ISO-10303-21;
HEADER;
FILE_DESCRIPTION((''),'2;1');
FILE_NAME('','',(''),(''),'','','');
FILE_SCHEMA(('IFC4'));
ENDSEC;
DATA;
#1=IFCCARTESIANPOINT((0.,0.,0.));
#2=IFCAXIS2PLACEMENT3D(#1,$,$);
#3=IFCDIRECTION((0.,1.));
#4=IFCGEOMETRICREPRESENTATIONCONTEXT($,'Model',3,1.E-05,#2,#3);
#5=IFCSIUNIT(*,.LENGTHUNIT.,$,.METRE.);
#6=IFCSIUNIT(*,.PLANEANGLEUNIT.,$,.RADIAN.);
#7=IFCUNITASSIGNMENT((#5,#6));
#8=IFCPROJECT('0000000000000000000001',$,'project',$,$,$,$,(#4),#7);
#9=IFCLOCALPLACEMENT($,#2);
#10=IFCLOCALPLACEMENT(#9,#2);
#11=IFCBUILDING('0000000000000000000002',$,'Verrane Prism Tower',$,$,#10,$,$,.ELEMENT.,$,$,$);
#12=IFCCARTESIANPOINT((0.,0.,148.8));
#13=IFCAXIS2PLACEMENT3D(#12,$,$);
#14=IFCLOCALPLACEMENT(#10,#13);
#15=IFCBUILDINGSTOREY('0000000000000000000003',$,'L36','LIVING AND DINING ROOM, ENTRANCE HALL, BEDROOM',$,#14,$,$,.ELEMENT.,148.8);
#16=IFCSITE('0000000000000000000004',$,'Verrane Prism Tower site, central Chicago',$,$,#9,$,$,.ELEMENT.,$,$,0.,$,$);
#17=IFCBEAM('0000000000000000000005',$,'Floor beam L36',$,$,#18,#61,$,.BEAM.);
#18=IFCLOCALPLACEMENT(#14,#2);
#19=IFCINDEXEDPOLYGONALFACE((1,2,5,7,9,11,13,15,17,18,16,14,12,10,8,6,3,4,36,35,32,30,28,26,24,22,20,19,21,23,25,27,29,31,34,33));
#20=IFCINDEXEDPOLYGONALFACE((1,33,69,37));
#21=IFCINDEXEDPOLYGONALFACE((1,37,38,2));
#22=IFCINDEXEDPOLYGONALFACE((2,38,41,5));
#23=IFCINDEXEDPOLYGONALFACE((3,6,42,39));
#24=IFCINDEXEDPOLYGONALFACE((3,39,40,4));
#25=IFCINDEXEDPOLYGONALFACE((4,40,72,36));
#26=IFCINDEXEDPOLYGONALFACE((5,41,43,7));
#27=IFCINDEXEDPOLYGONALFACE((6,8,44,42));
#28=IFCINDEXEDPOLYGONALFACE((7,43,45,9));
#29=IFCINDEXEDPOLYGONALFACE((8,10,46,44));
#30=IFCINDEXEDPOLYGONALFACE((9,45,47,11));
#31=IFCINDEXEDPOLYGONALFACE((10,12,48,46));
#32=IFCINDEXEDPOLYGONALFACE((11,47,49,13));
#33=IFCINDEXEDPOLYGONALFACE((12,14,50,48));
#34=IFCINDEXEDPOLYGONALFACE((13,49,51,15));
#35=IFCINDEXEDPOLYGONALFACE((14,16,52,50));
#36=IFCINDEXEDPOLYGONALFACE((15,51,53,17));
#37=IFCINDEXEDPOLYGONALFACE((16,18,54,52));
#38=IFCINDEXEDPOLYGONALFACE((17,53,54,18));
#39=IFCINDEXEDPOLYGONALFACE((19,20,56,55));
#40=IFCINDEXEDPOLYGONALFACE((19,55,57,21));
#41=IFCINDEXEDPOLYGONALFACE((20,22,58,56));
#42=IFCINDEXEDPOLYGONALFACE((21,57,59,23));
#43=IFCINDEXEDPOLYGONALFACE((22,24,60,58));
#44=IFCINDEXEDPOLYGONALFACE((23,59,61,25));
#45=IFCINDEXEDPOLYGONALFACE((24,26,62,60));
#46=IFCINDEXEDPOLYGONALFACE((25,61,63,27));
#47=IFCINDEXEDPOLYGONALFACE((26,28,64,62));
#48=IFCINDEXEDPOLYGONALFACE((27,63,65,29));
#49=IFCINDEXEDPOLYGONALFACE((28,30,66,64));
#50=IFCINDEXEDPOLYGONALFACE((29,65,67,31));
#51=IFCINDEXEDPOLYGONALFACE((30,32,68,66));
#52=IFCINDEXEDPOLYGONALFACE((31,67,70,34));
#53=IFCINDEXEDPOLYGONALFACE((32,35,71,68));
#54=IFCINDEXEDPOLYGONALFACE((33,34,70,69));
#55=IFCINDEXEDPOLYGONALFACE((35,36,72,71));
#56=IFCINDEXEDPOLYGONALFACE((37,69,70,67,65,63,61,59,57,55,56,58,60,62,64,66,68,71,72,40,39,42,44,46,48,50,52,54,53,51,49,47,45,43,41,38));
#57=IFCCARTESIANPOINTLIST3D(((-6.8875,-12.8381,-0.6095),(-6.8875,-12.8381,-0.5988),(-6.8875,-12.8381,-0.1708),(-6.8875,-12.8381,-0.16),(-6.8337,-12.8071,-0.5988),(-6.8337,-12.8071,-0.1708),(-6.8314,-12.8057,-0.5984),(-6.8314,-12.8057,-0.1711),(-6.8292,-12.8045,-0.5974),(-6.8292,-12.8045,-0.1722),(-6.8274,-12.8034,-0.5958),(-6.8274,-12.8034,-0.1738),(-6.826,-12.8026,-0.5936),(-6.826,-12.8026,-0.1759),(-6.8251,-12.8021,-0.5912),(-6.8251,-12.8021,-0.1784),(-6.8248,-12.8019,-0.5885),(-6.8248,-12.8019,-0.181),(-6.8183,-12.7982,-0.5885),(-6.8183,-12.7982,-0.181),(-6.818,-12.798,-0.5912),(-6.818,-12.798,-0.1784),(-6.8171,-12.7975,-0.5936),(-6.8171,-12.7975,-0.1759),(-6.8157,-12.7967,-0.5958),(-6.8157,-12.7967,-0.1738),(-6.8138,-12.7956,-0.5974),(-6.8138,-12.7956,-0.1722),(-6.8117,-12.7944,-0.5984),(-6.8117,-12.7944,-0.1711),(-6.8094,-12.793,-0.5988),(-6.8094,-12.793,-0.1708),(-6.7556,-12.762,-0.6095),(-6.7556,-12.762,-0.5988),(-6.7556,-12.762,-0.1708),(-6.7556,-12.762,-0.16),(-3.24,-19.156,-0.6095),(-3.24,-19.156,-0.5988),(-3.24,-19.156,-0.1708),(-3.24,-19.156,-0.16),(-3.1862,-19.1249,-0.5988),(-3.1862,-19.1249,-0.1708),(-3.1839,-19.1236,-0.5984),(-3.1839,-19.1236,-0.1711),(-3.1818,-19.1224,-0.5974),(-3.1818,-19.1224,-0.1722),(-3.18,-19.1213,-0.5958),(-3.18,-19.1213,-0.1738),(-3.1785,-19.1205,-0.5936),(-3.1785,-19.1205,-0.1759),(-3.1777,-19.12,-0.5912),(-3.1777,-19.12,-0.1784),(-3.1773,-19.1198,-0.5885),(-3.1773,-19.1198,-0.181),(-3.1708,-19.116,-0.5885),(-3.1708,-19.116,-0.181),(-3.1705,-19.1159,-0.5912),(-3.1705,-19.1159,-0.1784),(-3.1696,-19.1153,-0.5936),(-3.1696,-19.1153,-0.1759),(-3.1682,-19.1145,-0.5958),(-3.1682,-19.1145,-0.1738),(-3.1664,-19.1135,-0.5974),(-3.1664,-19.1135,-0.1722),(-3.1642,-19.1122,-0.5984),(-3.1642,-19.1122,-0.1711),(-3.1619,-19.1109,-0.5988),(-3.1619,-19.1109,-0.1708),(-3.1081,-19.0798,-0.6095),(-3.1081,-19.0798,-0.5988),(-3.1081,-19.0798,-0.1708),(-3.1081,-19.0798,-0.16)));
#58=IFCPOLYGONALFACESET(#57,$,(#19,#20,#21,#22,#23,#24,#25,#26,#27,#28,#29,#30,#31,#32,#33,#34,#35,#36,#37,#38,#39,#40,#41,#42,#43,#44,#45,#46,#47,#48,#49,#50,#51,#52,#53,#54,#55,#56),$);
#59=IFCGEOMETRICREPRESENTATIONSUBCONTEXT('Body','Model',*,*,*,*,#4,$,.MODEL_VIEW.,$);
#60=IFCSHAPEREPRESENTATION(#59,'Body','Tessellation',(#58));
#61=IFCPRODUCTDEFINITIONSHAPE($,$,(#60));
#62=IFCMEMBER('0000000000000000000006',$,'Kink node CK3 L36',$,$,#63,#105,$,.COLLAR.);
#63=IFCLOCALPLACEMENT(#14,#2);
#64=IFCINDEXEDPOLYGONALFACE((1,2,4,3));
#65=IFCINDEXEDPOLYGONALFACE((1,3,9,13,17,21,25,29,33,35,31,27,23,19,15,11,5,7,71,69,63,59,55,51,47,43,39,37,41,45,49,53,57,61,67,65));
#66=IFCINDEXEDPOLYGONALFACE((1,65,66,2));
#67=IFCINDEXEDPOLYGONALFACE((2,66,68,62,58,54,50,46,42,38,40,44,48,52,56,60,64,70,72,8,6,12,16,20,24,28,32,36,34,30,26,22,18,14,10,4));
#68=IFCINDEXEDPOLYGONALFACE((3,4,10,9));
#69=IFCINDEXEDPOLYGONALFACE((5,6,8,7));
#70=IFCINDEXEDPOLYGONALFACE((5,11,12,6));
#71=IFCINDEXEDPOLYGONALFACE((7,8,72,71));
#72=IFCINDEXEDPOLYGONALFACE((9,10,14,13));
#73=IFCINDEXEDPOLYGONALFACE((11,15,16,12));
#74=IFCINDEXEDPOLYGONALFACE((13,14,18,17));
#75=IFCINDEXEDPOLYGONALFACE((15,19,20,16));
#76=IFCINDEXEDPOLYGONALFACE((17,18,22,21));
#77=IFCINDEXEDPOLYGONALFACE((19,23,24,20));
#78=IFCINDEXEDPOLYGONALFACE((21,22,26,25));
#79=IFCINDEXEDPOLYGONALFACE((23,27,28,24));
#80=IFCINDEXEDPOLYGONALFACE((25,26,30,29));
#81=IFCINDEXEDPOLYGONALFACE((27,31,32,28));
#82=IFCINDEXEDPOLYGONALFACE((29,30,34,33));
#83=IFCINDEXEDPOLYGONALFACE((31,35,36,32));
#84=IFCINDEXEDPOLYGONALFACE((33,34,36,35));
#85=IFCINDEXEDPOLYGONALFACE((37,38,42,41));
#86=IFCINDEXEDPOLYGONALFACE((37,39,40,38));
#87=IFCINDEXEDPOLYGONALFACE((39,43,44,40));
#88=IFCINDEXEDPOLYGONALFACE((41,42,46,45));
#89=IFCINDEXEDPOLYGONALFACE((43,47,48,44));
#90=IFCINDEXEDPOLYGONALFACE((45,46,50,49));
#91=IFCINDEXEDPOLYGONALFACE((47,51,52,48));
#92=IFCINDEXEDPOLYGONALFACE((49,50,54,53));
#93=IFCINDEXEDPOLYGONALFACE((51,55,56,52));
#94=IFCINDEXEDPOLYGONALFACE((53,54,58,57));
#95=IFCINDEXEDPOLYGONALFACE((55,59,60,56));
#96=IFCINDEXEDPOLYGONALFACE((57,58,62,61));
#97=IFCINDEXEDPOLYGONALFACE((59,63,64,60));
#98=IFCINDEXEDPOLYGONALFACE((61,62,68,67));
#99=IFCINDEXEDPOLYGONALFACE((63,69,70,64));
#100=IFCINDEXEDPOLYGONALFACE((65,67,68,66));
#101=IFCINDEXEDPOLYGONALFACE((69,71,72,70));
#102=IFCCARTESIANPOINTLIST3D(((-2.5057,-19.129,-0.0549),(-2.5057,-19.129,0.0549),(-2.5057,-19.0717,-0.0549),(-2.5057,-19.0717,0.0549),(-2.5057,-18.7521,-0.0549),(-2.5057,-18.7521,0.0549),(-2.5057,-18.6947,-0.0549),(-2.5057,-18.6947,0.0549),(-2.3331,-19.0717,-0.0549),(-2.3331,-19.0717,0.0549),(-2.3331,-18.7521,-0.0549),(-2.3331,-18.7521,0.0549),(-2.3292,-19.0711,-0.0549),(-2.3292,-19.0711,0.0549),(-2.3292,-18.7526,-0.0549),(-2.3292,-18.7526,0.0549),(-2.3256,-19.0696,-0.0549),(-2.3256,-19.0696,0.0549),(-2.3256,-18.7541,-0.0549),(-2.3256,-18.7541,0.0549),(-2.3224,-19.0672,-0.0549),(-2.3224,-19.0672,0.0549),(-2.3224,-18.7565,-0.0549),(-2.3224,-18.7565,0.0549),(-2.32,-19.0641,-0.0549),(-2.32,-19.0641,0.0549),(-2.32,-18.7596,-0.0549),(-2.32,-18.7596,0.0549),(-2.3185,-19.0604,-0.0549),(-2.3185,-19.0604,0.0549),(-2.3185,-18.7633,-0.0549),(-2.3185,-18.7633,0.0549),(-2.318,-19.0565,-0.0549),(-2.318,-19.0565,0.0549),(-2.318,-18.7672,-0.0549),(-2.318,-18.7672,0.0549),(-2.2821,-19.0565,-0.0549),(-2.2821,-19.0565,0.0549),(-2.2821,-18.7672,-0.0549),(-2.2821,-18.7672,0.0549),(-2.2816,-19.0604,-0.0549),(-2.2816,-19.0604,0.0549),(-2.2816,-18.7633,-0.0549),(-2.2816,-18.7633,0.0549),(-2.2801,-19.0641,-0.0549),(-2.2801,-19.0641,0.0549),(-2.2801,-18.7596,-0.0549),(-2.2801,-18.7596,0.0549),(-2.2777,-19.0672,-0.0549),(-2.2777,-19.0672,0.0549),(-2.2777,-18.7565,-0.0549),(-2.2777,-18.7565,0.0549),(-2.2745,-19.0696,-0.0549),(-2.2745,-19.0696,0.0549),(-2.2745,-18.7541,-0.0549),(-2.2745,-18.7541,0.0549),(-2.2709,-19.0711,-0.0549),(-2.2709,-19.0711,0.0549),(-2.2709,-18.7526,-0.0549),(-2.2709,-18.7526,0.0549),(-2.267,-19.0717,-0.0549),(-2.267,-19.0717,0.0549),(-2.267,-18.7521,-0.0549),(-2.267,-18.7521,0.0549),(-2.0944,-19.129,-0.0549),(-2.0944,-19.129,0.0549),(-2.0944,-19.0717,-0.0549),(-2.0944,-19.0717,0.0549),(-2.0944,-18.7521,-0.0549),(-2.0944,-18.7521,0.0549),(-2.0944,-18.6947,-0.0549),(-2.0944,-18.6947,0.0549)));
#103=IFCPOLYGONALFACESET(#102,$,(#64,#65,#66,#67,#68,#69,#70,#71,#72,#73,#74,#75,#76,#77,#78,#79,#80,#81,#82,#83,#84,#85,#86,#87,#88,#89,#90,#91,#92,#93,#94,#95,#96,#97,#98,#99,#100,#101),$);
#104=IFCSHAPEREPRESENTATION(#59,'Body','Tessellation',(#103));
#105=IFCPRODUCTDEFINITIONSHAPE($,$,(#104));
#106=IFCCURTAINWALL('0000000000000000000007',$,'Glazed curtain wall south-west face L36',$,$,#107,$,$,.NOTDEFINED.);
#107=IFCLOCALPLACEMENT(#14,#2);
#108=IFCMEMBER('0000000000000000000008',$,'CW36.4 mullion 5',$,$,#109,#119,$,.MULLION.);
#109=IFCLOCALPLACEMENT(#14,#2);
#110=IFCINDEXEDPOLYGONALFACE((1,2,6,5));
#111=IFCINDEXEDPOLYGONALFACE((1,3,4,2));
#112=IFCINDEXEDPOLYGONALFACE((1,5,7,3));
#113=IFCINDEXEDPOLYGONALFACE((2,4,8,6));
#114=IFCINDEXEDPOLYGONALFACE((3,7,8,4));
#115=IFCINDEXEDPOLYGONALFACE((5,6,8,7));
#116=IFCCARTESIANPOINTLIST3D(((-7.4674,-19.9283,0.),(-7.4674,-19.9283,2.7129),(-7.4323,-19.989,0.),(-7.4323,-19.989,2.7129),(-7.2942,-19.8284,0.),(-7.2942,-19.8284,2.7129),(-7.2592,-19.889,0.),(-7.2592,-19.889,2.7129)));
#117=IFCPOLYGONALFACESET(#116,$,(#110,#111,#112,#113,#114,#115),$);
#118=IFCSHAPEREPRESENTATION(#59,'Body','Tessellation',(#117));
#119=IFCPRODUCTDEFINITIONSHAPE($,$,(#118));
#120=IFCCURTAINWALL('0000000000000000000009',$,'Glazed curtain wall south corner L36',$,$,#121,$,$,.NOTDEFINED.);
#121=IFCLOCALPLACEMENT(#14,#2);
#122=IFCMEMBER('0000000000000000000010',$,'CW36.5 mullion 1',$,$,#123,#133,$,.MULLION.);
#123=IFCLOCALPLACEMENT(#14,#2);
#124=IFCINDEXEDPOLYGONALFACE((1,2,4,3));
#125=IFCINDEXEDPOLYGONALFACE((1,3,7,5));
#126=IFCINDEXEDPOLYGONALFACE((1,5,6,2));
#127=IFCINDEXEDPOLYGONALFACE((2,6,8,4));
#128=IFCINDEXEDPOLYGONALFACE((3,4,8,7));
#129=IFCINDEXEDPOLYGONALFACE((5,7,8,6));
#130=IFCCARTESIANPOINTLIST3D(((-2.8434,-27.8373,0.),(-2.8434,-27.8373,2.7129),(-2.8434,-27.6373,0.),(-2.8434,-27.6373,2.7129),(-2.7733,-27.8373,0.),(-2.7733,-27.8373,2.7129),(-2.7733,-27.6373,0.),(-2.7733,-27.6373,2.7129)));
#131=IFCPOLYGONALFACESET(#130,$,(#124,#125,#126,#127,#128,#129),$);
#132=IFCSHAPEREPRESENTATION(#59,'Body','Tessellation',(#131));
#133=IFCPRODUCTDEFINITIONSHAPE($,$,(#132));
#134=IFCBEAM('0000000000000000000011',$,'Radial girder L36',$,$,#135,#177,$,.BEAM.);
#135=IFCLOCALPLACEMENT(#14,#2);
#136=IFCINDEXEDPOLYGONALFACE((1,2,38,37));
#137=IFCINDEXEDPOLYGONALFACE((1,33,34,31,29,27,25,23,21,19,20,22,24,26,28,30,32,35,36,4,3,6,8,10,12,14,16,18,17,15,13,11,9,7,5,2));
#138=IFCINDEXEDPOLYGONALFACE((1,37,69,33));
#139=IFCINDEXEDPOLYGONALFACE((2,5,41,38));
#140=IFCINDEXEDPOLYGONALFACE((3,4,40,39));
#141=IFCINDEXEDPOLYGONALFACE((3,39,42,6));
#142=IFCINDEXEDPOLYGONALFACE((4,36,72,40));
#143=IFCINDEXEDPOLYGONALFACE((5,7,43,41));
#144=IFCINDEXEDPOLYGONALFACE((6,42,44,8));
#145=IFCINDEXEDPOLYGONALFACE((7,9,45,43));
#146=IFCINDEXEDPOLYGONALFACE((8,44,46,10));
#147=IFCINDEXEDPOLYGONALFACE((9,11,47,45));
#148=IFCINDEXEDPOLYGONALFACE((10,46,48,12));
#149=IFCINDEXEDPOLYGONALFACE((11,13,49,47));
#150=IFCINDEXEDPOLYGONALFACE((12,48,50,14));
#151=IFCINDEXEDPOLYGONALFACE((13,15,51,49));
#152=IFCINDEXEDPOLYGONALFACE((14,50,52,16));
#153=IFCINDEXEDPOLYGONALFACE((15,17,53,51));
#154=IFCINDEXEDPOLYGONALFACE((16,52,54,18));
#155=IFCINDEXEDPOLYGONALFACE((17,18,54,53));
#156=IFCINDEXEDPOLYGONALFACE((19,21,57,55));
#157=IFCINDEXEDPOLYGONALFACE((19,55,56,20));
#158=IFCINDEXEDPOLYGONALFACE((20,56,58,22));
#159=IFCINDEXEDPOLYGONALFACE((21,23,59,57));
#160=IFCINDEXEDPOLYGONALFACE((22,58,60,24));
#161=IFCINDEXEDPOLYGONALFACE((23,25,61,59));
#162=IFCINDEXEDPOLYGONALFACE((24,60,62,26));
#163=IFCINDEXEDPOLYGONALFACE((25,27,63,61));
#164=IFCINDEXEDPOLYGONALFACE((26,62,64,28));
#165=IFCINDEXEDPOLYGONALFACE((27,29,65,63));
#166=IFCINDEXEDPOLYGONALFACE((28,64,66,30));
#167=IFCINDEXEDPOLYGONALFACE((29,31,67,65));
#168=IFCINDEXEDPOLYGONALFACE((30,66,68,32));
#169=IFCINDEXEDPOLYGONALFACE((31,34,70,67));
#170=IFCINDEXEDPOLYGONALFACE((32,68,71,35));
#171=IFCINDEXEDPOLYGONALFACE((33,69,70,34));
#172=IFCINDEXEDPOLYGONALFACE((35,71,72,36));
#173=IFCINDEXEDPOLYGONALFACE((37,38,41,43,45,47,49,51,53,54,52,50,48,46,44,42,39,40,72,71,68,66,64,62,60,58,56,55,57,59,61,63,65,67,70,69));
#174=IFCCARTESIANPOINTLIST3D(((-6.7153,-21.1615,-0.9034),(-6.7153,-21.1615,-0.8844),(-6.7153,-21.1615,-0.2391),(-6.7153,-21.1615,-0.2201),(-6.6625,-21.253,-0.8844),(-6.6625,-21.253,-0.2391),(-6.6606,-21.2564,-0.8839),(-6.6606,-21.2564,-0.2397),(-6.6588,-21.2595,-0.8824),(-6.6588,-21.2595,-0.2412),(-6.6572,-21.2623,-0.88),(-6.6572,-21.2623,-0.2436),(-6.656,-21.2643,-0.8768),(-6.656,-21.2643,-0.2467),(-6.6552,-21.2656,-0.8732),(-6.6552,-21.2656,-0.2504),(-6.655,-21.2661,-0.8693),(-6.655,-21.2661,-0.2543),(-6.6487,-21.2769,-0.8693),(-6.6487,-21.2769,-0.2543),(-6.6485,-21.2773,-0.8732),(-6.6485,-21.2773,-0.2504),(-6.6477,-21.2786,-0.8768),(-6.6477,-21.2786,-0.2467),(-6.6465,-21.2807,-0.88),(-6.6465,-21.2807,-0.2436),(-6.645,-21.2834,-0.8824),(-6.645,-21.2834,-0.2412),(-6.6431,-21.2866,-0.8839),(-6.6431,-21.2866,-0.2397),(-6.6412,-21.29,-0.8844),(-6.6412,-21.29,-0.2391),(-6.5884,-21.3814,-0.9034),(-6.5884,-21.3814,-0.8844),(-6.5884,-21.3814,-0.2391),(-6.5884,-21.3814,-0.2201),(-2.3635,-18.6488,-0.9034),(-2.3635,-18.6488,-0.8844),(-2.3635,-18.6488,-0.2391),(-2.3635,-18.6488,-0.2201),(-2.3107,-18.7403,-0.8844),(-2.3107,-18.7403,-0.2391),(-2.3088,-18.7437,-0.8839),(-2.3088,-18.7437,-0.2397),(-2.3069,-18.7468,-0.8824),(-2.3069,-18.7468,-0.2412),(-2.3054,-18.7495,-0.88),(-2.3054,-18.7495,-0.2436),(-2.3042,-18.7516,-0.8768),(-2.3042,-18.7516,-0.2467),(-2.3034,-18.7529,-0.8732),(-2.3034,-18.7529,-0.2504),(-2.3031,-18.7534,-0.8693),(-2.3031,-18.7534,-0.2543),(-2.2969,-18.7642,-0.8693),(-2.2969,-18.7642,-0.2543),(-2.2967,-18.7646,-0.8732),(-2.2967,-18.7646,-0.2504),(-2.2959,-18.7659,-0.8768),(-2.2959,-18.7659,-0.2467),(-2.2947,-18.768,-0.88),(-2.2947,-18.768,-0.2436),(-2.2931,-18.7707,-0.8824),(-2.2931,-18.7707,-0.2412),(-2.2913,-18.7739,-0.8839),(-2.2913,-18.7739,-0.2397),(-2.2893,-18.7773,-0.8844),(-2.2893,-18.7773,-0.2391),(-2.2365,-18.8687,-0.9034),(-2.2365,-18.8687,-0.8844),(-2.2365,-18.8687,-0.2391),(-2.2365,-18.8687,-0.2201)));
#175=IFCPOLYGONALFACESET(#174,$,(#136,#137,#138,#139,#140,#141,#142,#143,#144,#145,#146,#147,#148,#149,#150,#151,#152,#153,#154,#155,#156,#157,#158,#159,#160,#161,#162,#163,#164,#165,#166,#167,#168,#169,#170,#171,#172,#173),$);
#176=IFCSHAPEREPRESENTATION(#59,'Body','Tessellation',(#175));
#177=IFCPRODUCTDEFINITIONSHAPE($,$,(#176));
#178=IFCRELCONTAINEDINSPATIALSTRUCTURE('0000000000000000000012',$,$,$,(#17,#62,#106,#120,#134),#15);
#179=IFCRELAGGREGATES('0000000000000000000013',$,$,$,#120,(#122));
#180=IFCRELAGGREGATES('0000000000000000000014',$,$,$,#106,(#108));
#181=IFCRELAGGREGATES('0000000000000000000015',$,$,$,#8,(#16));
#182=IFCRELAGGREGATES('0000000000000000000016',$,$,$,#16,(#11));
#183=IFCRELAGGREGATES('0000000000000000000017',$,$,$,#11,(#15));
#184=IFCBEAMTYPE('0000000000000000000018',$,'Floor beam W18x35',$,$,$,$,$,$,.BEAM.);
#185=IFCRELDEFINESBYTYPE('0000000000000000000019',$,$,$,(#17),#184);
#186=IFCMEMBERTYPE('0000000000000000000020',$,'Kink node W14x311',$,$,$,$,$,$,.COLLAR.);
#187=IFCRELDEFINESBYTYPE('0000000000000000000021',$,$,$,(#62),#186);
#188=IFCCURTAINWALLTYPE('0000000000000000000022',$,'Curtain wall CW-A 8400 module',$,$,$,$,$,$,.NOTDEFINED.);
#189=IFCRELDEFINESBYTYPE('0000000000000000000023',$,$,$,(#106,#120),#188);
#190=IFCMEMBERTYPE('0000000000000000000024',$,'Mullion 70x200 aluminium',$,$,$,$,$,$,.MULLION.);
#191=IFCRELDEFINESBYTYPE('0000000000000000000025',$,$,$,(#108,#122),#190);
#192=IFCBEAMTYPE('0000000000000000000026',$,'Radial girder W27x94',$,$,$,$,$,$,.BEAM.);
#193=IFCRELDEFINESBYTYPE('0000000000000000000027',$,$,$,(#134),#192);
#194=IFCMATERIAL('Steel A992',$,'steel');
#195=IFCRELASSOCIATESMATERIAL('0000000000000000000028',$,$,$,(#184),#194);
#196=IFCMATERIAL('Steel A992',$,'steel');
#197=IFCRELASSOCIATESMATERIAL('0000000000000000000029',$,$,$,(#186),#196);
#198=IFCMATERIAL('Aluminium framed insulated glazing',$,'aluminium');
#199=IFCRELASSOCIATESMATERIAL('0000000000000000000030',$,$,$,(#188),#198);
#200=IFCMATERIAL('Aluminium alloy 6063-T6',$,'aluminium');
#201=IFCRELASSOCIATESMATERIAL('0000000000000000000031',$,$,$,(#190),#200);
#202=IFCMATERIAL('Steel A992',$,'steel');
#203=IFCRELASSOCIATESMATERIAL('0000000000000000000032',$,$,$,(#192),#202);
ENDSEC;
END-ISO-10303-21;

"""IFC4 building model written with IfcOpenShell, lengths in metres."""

from ifc_helpers import new_model, si_unit, direction, frame, origin, origin_2d, place, context, subcontext, project, spatial, rectangle, i_section, extrude, material, material_profile, profile_set, type_object, element, aggregate, save


model = new_model("IFC4")

# Units and contexts
model_context = context("Model", 3, precision=1e-05, world=origin(), true_north=direction((0.0, 1.0)))
body_context = subcontext(model_context, "Body", "Model", "MODEL_VIEW")
ifc_project = project(units=[si_unit("LENGTHUNIT", "METRE"), si_unit("PLANEANGLEUNIT", "RADIAN")], contexts=[model_context])

# Site, building, storey
site_placement = place(None, origin())
site = spatial("IfcSite", under=ifc_project, at=site_placement, Name="Verrane Prism Tower site, central Chicago", CompositionType="ELEMENT", RefElevation=0.0)
building_placement = place(site_placement, origin())
building = spatial("IfcBuilding", under=site, at=building_placement, Name="Verrane Prism Tower", CompositionType="ELEMENT")
storey_placement = place(building_placement, frame((0.0, 0.0, 148.8)))
storey = spatial("IfcBuildingStorey", under=building, at=storey_placement, Name="L36", Description="LIVING AND DINING ROOM, ENTRANCE HALL, BEDROOM", CompositionType="ELEMENT", Elevation=148.8)

# Beam
ifc_material_1 = material(Name="Steel A992", Category="steel")
ifc_material_profile_1 = material_profile(ifc_material_1, i_section(OverallWidth=0.1523, OverallDepth=0.4495, WebThickness=0.0076, FlangeThickness=0.0107, FilletRadius=0.0103, at=origin_2d()), Name="W18x35")
ifc_profile_set_1 = profile_set([ifc_material_profile_1], Name="Steel A992")
beam_type_1 = type_object("IfcBeamType", Name="Floor beam W18x35", PredefinedType="BEAM", material=ifc_profile_set_1)
beam_1_placement = place(storey_placement, frame((-3.1741, -19.1179, -0.3848), z_axis=(-0.499983, 0.866035, 0.0), x_axis=(-0.866035, -0.499983, 0.0)))
element("IfcBeam", 1, at=beam_1_placement, inside=storey, type_object=beam_type_1, Name="Floor beam L36", PredefinedType="BEAM", context=body_context, shape_type="SweptSolid", body=[
    extrude(i_section(OverallWidth=0.1523, OverallDepth=0.4495, WebThickness=0.0076, FlangeThickness=0.0107, FilletRadius=0.0103, at=origin_2d()), origin(), (0.0, 0.0, 1.0), 7.2952),
])

# Member
ifc_material_2 = material(Name="Steel A992", Category="steel")
ifc_material_profile_2 = material_profile(ifc_material_2, i_section(OverallWidth=0.4114, OverallDepth=0.4343, WebThickness=0.0359, FlangeThickness=0.0574, FilletRadius=0.0151, at=origin_2d()), Name="W14x311")
ifc_profile_set_2 = profile_set([ifc_material_profile_2], Name="Steel A992")
member_type_1 = type_object("IfcMemberType", Name="Kink node W14x311", PredefinedType="COLLAR", material=ifc_profile_set_2)
member_1_placement = place(storey_placement, frame((-2.3, -18.9119, -0.0549), z_axis=(0.0, 0.0, 1.0), x_axis=(-1.0, 0.0, 0.0)))
element("IfcMember", 2, at=member_1_placement, inside=storey, type_object=member_type_1, Name="Kink node CK3 L36", PredefinedType="COLLAR", context=body_context, shape_type="SweptSolid", body=[
    extrude(i_section(OverallWidth=0.4114, OverallDepth=0.4343, WebThickness=0.0359, FlangeThickness=0.0574, FilletRadius=0.0151, at=origin_2d()), origin(), (0.0, 0.0, 1.0), 0.1099),
])

# Curtain walls, members
ifc_material_3 = material(Name="Aluminium framed insulated glazing", Category="aluminium")
curtain_wall_type = type_object("IfcCurtainWallType", Name="Curtain wall CW-A 8400 module", PredefinedType="NOTDEFINED", material=ifc_material_3)
curtain_wall_1_placement = place(storey_placement, origin())
curtain_wall_1 = element("IfcCurtainWall", 3, at=curtain_wall_1_placement, inside=storey, type_object=curtain_wall_type, Name="Glazed curtain wall south-west face L36", PredefinedType="NOTDEFINED")
ifc_material_4 = material(Name="Aluminium alloy 6063-T6", Category="aluminium")
ifc_material_profile_3 = material_profile(ifc_material_4, rectangle(XDim=0.2, YDim=0.0701, at=origin_2d()), Name="Mullion 70x200 aluminium")
ifc_profile_set_3 = profile_set([ifc_material_profile_3], Name="Aluminium alloy 6063-T6")
member_type_2 = type_object("IfcMemberType", Name="Mullion 70x200 aluminium", PredefinedType="MULLION", material=ifc_profile_set_3)
member_2_placement = place(storey_placement, frame((-7.3633, -19.9087, 0.0), z_axis=(0.0, 0.0, 1.0), x_axis=(0.866025, 0.500001, 0.0)))
member_2 = element("IfcMember", 4, at=member_2_placement, type_object=member_type_2, Name="CW36.4 mullion 5", PredefinedType="MULLION", context=body_context, shape_type="SweptSolid", body=[
    extrude(rectangle(XDim=0.2, YDim=0.0701, at=origin_2d()), origin(), (0.0, 0.0, 1.0), 2.7129),
])
curtain_wall_2_placement = place(storey_placement, origin())
curtain_wall_2 = element("IfcCurtainWall", 5, at=curtain_wall_2_placement, inside=storey, type_object=curtain_wall_type, Name="Glazed curtain wall south corner L36", PredefinedType="NOTDEFINED")
member_3_placement = place(storey_placement, frame((-2.8083, -27.7373, 0.0), z_axis=(0.0, 0.0, 1.0), x_axis=(0.0, 1.0, 0.0)))
member_3 = element("IfcMember", 6, at=member_3_placement, type_object=member_type_2, Name="CW36.5 mullion 1", PredefinedType="MULLION", context=body_context, shape_type="SweptSolid", body=[
    extrude(rectangle(XDim=0.2, YDim=0.0701, at=origin_2d()), origin(), (0.0, 0.0, 1.0), 2.7129),
])

# Beam
ifc_material_5 = material(Name="Steel A992", Category="steel")
ifc_material_profile_4 = material_profile(ifc_material_5, i_section(OverallWidth=0.2539, OverallDepth=0.6833, WebThickness=0.0125, FlangeThickness=0.019, FilletRadius=0.0151, at=origin_2d()), Name="W27x94")
ifc_profile_set_4 = profile_set([ifc_material_profile_4], Name="Steel A992")
beam_type_2 = type_object("IfcBeamType", Name="Radial girder W27x94", PredefinedType="BEAM", material=ifc_profile_set_4)
beam_2_placement = place(storey_placement, frame((-6.6519, -21.2715, -0.5618), z_axis=(0.86601, 0.500027, 0.0), x_axis=(-0.500027, 0.86601, 0.0)))
element("IfcBeam", 7, at=beam_2_placement, inside=storey, type_object=beam_type_2, Name="Radial girder L36", PredefinedType="BEAM", context=body_context, shape_type="SweptSolid", body=[
    extrude(i_section(OverallWidth=0.2539, OverallDepth=0.6833, WebThickness=0.0125, FlangeThickness=0.019, FilletRadius=0.0151, at=origin_2d()), origin(), (0.0, 0.0, 1.0), 5.0251),
])

aggregate(curtain_wall_2, [member_3])

aggregate(curtain_wall_1, [member_2])

save(model, "model.ifc")
